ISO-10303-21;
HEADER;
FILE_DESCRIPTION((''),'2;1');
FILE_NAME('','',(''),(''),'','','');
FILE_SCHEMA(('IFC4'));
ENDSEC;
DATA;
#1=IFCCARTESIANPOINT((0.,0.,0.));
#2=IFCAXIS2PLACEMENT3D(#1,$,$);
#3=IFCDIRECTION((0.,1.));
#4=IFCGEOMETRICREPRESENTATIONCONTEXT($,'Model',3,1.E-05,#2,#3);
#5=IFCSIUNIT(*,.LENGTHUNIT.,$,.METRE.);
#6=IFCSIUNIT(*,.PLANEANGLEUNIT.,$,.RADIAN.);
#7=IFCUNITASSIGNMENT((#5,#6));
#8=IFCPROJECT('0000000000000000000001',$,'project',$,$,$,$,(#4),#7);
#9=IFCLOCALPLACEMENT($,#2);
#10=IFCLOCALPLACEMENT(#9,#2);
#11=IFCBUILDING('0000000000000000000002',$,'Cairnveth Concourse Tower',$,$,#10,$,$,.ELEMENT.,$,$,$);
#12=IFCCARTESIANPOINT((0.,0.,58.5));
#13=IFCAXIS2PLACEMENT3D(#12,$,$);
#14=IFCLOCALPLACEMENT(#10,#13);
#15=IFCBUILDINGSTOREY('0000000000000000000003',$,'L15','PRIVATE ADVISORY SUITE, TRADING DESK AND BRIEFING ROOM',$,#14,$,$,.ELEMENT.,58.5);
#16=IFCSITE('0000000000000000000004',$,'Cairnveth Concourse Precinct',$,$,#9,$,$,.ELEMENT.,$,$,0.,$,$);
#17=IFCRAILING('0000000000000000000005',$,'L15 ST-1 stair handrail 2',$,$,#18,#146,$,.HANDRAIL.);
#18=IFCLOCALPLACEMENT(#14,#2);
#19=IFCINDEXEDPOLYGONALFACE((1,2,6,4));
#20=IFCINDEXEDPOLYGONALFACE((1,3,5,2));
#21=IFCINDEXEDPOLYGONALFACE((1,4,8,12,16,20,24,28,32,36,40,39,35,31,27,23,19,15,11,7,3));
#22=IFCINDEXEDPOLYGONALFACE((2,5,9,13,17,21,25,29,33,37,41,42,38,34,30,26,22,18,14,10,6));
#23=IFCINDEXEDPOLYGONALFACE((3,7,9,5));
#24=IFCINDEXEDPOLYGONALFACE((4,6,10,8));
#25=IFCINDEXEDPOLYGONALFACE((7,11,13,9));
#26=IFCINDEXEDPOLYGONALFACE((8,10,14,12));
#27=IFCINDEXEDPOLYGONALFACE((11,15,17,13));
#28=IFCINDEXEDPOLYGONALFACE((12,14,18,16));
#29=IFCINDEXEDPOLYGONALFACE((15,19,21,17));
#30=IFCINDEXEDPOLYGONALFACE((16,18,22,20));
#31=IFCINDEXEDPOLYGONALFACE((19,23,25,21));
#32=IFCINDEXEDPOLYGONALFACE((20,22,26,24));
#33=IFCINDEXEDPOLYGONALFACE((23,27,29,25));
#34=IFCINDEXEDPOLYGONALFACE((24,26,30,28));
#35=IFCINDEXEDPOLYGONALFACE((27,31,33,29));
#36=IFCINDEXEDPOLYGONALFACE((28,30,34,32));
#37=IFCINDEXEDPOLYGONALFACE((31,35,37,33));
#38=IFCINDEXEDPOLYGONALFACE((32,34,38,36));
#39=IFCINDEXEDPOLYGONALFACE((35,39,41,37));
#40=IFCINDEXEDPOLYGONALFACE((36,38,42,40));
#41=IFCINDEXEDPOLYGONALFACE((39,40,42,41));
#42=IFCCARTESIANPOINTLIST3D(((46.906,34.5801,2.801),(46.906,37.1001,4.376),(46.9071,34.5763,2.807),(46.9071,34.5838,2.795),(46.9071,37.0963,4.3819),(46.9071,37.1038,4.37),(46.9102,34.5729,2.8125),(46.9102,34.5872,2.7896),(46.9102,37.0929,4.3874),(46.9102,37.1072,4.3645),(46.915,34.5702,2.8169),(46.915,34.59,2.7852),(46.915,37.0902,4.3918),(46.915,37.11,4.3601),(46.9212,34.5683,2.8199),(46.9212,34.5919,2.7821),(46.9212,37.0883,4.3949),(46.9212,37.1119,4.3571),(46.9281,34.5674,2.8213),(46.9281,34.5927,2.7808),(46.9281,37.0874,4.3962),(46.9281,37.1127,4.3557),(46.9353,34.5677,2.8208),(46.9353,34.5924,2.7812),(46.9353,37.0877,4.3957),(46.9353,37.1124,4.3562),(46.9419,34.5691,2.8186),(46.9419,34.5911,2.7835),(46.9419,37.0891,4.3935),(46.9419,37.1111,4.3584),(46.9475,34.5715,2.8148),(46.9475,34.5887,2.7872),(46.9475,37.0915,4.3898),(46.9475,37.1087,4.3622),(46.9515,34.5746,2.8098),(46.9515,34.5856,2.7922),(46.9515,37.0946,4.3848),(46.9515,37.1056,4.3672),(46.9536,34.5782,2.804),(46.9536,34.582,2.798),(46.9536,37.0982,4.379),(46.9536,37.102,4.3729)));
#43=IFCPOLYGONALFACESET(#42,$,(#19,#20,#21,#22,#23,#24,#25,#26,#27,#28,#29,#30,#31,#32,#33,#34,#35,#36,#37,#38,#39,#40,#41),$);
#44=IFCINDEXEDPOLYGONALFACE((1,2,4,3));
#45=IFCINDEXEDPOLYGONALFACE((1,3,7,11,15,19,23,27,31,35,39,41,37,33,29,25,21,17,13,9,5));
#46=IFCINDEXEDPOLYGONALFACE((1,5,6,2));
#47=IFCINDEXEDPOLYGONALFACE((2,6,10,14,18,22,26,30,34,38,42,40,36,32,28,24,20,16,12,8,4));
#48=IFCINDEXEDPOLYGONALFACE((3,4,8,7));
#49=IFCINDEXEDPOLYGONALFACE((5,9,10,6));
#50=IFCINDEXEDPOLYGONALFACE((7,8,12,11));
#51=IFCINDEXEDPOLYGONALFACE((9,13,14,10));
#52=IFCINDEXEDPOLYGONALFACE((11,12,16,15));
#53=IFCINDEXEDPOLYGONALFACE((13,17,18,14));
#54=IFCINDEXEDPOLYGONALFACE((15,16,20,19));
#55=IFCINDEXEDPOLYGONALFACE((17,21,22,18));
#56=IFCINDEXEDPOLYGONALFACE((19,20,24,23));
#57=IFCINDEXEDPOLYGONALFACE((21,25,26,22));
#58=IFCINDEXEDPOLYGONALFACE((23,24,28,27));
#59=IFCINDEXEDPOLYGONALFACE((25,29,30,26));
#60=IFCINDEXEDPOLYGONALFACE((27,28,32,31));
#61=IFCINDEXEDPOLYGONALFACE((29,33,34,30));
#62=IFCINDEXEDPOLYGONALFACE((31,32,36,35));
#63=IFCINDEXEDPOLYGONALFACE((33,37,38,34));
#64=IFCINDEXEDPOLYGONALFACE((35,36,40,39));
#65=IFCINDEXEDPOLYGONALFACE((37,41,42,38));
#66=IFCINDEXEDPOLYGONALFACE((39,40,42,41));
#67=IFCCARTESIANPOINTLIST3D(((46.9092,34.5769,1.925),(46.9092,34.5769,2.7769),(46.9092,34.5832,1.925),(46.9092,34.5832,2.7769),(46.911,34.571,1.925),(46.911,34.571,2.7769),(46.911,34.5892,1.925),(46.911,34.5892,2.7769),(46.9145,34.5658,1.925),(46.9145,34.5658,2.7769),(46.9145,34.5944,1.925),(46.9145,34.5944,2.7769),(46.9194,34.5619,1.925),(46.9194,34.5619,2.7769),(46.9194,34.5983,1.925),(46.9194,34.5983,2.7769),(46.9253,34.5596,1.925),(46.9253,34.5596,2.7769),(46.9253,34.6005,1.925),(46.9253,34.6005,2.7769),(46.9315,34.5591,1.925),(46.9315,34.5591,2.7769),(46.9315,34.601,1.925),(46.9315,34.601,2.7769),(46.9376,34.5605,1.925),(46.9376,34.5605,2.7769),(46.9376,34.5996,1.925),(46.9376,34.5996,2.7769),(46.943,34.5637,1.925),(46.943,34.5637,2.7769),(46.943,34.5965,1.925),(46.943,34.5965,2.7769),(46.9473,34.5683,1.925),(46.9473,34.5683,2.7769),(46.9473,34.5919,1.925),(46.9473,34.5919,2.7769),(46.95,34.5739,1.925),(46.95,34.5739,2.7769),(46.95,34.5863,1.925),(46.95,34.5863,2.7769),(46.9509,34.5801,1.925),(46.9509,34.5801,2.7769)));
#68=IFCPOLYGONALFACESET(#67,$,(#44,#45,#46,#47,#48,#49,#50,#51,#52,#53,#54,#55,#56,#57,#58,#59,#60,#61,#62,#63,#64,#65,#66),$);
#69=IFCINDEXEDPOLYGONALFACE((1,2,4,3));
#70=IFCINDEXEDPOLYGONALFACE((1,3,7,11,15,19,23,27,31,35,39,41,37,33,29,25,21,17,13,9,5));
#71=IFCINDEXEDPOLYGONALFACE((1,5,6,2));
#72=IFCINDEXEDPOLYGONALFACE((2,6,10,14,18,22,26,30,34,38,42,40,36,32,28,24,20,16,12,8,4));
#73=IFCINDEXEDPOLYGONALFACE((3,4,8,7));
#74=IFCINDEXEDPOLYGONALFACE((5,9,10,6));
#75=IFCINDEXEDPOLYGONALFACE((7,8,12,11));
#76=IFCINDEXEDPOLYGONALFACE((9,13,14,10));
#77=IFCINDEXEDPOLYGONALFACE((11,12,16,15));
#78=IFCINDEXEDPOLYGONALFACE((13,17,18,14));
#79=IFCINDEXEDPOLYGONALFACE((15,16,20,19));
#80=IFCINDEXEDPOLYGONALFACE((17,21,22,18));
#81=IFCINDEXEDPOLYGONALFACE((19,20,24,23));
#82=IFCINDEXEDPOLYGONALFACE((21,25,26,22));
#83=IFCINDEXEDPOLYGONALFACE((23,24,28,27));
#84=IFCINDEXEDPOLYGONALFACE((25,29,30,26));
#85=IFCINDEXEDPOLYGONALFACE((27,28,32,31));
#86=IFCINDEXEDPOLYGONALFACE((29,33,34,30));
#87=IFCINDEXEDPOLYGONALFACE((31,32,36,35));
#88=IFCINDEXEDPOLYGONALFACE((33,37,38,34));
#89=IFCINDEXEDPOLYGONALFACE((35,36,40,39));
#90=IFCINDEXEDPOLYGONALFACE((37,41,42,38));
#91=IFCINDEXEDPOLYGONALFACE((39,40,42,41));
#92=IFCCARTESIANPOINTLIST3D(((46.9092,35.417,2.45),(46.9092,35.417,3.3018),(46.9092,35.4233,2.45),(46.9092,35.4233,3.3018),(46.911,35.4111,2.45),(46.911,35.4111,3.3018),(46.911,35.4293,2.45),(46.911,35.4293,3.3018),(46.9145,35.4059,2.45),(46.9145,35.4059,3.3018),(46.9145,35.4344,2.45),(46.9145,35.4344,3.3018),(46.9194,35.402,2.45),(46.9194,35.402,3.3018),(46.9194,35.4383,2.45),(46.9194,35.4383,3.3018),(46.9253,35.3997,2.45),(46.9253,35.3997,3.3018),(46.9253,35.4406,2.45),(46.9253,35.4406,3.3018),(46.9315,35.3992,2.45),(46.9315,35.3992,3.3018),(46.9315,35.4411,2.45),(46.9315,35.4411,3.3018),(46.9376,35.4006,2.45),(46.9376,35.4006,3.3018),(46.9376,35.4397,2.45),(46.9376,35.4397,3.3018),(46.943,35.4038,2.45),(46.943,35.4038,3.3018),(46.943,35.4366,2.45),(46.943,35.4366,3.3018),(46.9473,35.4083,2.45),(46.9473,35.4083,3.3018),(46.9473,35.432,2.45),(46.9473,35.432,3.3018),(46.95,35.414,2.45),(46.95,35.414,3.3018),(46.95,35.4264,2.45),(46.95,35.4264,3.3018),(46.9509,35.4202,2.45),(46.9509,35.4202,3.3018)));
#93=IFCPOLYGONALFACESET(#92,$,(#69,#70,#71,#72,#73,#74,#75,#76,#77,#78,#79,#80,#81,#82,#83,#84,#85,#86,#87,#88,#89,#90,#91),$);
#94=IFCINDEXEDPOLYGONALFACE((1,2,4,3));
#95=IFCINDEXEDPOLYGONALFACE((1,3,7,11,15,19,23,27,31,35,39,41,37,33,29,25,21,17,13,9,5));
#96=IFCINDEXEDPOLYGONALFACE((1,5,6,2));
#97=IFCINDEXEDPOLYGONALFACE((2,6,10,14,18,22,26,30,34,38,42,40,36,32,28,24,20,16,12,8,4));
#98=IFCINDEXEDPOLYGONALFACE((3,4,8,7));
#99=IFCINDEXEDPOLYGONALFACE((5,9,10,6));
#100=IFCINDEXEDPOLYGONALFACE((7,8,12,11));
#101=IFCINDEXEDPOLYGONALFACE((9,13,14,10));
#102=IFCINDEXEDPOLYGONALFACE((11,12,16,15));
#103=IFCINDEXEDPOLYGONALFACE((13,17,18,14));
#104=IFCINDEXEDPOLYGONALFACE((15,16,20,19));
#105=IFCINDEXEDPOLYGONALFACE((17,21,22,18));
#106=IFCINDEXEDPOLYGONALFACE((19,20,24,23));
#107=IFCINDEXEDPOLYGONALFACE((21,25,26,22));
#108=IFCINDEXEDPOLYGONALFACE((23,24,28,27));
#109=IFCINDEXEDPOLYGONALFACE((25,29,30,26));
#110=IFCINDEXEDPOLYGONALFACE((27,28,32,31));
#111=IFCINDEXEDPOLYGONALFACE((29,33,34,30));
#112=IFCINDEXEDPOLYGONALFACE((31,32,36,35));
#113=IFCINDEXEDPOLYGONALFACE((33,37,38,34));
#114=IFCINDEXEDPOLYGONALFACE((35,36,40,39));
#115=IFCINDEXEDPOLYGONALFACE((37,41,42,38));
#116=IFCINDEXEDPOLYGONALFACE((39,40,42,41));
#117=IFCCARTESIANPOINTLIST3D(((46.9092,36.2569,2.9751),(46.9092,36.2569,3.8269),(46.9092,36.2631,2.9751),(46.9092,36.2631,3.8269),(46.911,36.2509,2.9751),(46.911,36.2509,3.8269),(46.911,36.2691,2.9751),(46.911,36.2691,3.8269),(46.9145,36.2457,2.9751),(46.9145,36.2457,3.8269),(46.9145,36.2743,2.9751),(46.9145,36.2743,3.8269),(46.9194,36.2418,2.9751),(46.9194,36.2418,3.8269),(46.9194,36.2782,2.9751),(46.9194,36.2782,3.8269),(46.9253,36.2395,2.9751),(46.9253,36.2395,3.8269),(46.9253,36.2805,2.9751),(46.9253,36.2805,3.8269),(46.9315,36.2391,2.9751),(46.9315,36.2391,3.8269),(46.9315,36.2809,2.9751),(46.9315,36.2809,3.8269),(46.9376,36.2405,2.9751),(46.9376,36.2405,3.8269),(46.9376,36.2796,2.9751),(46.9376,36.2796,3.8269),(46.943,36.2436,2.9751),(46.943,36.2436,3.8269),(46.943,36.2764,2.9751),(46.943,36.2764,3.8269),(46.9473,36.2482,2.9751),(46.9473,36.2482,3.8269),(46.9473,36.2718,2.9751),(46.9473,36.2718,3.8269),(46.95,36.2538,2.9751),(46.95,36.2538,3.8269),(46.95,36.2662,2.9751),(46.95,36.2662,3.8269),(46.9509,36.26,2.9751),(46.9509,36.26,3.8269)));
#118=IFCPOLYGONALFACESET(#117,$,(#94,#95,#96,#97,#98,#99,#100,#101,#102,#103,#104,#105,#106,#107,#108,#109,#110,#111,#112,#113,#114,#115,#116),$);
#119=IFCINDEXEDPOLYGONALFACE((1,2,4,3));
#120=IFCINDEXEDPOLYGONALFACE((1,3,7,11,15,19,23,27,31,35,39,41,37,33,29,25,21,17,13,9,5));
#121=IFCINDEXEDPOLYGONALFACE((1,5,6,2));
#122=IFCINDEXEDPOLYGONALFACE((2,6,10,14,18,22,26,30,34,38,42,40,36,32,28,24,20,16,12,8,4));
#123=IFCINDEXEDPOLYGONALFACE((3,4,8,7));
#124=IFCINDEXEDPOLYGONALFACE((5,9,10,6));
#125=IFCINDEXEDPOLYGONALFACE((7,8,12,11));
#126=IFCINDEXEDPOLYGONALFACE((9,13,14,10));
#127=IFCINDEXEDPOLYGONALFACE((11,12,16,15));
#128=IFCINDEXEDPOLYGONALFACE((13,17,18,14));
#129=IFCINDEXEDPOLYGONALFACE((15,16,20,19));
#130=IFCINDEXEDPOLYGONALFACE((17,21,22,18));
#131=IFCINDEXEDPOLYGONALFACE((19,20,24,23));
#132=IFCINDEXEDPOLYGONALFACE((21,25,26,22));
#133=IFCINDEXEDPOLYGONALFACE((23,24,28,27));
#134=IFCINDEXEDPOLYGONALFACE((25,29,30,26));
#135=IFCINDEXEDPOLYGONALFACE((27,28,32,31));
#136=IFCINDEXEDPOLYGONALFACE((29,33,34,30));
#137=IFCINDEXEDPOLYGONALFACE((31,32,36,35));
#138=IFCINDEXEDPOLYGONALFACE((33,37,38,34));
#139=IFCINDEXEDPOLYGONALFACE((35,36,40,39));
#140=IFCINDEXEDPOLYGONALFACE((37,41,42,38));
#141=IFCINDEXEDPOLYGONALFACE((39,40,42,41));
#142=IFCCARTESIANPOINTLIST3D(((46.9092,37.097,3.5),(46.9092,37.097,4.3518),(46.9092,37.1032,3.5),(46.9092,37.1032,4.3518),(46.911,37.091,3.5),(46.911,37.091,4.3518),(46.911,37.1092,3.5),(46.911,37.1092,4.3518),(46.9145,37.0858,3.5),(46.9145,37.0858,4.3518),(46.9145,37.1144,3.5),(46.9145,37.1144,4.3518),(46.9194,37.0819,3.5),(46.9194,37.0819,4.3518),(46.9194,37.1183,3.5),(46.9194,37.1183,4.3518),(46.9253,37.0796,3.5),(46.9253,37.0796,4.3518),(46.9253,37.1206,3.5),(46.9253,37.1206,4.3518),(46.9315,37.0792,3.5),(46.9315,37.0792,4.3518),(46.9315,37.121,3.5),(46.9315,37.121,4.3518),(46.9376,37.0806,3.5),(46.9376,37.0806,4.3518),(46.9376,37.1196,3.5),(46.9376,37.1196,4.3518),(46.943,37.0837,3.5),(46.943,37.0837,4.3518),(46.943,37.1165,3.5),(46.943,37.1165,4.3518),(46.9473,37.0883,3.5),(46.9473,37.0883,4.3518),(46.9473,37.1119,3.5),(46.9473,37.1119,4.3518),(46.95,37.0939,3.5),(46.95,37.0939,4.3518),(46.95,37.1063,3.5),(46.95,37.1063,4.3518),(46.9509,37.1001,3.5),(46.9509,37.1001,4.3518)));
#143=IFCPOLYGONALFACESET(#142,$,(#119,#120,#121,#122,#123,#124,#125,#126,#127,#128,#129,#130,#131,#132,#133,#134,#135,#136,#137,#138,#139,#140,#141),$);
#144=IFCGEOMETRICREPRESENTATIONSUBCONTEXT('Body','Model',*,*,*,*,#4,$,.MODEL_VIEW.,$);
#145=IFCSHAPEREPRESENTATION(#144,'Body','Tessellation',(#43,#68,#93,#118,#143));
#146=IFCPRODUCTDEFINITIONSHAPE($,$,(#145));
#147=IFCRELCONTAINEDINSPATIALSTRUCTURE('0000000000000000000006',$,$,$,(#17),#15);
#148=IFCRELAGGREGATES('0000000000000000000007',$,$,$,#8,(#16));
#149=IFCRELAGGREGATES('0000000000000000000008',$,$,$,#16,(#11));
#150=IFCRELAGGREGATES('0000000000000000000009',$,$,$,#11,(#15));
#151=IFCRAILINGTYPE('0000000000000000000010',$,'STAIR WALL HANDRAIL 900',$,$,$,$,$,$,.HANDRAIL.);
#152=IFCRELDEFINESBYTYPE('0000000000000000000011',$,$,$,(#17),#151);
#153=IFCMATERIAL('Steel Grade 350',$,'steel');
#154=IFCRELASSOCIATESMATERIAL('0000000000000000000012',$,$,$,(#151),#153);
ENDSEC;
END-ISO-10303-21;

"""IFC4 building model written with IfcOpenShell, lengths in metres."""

from ifc_helpers import new_model, si_unit, direction, frame, origin, origin_2d, place, context, subcontext, project, spatial, circle, extrude, material, type_object, element, save


model = new_model("IFC4")

# Units and contexts
model_context = context("Model", 3, precision=1e-05, world=origin(), true_north=direction((0.0, 1.0)))
body_context = subcontext(model_context, "Body", "Model", "MODEL_VIEW")
ifc_project = project(units=[si_unit("LENGTHUNIT", "METRE"), si_unit("PLANEANGLEUNIT", "RADIAN")], contexts=[model_context])

# Site, building, storey
site_placement = place(None, origin())
site = spatial("IfcSite", under=ifc_project, at=site_placement, Name="Cairnveth Concourse Precinct", CompositionType="ELEMENT", RefElevation=0.0)
building_placement = place(site_placement, origin())
building = spatial("IfcBuilding", under=site, at=building_placement, Name="Cairnveth Concourse Tower", CompositionType="ELEMENT")
storey_placement = place(building_placement, frame((0.0, 0.0, 58.5)))
storey = spatial("IfcBuildingStorey", under=building, at=storey_placement, Name="L15", Description="PRIVATE ADVISORY SUITE, TRADING DESK AND BRIEFING ROOM", CompositionType="ELEMENT", Elevation=58.5)

# Railing
ifc_material_1 = material(Name="Steel Grade 350", Category="steel")
railing_type_1 = type_object("IfcRailingType", Name="STAIR WALL HANDRAIL 900", PredefinedType="HANDRAIL", material=ifc_material_1)
railing_1_placement = place(storey_placement, frame((46.9299, 34.5801, 1.925)))
element("IfcRailing", 1, at=railing_1_placement, inside=storey, type_object=railing_type_1, Name="L15 ST-1 stair handrail 2", PredefinedType="HANDRAIL", context=body_context, shape_type="SweptSolid", body=[
    extrude(circle(Radius=0.0239, at=origin_2d()), frame((0.0, 0.0, 0.876), z_axis=(0.0, 0.848008, 0.529984), x_axis=(-1.0, 0.0, 0.0)), (0.0, 0.0, 1.0), 2.9717),
    extrude(circle(Radius=0.021, at=origin_2d()), origin(), (0.0, 0.0, 1.0), 0.8518),
    extrude(circle(Radius=0.021, at=origin_2d()), frame((0.0, 0.8401, 0.5249)), (0.0, 0.0, 1.0), 0.8518),
    extrude(circle(Radius=0.021, at=origin_2d()), frame((0.0, 1.6799, 1.05)), (0.0, 0.0, 1.0), 0.8518),
    extrude(circle(Radius=0.021, at=origin_2d()), frame((0.0, 2.52, 1.575)), (0.0, 0.0, 1.0), 0.8518),
])

save(model, "model.ifc")
